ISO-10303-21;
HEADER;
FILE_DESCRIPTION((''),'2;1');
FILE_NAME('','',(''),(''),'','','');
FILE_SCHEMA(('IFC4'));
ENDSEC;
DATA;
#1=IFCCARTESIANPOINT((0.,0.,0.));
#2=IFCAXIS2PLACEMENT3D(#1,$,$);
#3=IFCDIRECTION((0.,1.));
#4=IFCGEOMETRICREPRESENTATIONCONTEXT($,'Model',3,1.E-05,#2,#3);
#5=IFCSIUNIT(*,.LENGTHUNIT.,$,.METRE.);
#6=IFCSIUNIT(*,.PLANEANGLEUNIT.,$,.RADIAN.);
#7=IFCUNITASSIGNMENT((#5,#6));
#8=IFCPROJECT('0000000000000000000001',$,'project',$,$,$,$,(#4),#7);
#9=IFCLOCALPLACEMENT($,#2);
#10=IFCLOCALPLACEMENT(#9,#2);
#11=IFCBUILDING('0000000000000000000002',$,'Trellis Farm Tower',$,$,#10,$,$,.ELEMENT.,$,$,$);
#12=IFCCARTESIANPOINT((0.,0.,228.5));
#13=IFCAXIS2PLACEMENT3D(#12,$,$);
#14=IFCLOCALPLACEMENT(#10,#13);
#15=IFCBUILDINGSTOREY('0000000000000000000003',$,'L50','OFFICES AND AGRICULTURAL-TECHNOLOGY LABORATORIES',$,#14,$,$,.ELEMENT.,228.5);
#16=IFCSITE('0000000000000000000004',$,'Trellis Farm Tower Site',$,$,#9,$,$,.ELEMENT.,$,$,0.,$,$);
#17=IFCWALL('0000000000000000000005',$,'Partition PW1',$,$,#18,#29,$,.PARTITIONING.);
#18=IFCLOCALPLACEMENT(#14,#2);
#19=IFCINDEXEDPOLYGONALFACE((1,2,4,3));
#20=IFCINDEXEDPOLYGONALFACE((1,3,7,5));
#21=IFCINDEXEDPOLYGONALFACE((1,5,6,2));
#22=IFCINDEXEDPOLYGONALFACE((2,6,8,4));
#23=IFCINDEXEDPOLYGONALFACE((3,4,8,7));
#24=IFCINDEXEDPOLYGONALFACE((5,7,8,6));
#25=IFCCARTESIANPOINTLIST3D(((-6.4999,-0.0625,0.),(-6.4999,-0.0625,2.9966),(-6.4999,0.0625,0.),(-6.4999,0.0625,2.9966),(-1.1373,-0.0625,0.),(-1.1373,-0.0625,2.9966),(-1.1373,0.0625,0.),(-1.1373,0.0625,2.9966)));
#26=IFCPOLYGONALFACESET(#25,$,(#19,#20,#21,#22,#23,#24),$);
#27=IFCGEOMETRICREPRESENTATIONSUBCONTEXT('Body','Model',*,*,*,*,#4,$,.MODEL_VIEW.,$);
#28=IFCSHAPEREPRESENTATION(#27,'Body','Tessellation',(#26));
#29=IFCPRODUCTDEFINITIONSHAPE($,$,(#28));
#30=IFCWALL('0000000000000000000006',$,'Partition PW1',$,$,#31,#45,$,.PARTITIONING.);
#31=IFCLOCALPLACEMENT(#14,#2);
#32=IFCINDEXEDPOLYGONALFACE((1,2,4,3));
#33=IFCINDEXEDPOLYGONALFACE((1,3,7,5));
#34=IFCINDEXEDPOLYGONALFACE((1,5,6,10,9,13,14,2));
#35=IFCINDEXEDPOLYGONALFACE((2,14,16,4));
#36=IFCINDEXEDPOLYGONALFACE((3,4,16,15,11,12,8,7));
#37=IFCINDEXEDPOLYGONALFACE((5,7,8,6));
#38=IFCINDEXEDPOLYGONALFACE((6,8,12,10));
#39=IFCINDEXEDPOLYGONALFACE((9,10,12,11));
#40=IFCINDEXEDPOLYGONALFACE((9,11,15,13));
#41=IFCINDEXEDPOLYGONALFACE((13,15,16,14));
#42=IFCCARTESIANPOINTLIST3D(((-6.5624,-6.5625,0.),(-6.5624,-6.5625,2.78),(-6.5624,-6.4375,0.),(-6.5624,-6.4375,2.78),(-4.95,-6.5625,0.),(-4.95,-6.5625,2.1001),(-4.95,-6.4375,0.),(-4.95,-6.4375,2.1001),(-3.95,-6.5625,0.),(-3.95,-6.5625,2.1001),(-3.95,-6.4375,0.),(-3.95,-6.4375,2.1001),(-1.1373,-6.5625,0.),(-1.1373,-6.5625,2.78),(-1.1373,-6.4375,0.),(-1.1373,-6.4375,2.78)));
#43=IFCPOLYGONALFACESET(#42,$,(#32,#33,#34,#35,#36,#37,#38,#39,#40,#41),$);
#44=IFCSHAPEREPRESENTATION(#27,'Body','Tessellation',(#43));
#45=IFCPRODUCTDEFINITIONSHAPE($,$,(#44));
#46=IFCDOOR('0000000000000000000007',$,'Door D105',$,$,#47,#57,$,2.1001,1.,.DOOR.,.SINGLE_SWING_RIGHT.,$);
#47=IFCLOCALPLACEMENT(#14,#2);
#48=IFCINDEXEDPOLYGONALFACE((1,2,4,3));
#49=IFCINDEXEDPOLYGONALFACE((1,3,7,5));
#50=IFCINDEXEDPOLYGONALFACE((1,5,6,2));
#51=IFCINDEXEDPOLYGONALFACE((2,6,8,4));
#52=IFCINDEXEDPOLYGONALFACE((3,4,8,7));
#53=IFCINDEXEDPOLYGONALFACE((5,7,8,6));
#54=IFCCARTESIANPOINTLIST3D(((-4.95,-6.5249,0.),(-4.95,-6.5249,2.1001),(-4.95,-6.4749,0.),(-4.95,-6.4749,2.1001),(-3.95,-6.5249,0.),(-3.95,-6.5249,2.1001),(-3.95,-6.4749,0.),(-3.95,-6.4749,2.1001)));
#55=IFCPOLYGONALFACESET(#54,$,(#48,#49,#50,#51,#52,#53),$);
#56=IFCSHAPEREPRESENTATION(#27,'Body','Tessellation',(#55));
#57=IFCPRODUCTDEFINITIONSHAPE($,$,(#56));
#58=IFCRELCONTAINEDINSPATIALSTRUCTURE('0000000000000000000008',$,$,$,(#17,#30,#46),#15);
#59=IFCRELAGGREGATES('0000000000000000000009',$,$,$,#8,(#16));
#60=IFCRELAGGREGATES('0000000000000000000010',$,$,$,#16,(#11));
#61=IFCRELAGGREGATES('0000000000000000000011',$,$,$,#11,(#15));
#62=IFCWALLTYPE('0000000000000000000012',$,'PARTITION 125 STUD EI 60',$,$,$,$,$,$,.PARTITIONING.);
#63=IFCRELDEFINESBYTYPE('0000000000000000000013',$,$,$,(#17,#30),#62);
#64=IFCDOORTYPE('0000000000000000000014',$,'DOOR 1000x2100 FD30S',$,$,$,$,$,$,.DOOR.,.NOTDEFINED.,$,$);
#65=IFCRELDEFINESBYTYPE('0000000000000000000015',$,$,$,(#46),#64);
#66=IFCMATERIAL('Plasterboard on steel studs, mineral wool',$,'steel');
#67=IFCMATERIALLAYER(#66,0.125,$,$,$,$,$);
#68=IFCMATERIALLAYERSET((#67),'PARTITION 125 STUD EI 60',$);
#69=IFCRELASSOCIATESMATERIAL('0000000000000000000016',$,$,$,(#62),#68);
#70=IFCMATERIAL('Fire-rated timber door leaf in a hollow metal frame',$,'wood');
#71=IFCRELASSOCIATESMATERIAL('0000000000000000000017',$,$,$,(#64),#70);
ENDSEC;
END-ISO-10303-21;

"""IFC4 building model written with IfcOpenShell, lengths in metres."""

from ifc_helpers import new_model, si_unit, direction, frame, frame_2d, origin, place, context, subcontext, project, spatial, rectangle, extrude, source, transform, mapped, material, layer, layer_set, type_object, element, fill, save


model = new_model("IFC4")

# Units and contexts
model_context = context("Model", 3, precision=1e-05, world=origin(), true_north=direction((0.0, 1.0)))
body_context = subcontext(model_context, "Body", "Model", "MODEL_VIEW")
ifc_project = project(units=[si_unit("LENGTHUNIT", "METRE"), si_unit("PLANEANGLEUNIT", "RADIAN")], contexts=[model_context])

# Site, building, storey
site_placement = place(None, origin())
site = spatial("IfcSite", under=ifc_project, at=site_placement, Name="Trellis Farm Tower Site", CompositionType="ELEMENT", RefElevation=0.0)
building_placement = place(site_placement, origin())
building = spatial("IfcBuilding", under=site, at=building_placement, Name="Trellis Farm Tower", CompositionType="ELEMENT")
storey_placement = place(building_placement, frame((0.0, 0.0, 228.5)))
storey = spatial("IfcBuildingStorey", under=building, at=storey_placement, Name="L50", Description="OFFICES AND AGRICULTURAL-TECHNOLOGY LABORATORIES", CompositionType="ELEMENT", Elevation=228.5)

# Shared definitions
ifc_material_1 = material(Name="Plasterboard on steel studs, mineral wool", Category="steel")
ifc_layer_1 = layer(ifc_material_1, 0.125)
ifc_layer_set_1 = layer_set([ifc_layer_1], Name="PARTITION 125 STUD EI 60")
wall_type = type_object("IfcWallType", Name="PARTITION 125 STUD EI 60", PredefinedType="PARTITIONING", material=ifc_layer_set_1)

# Shared definitions
shared_shape_1 = source(origin(), body_context, "Body", "SweptSolid", [
    extrude(rectangle(XDim=5.3625, YDim=0.125, at=frame_2d((2.6812, 0.0))), origin(), (0.0, 0.0, 1.0), 2.9966),
])
shared_shape_2 = source(origin(), body_context, "Body", "SweptSolid", [
    extrude(rectangle(XDim=1.0, YDim=2.1001, at=frame_2d((0.5, 1.05))), frame((0.0, 0.0725, 0.0), z_axis=(0.0, -1.0, 0.0), x_axis=(1.0, 0.0, 0.0)), (0.0, 0.0, 1.0), 0.145),
])
ifc_material_2 = material(Name="Fire-rated timber door leaf in a hollow metal frame", Category="wood")
door_type = type_object("IfcDoorType", Name="DOOR 1000x2100 FD30S", OperationType="NOTDEFINED", PredefinedType="DOOR", material=ifc_material_2)
shared_shape_3 = source(origin(), body_context, "Body", "SweptSolid", [
    extrude(rectangle(XDim=1.0, YDim=2.1001, at=frame_2d((0.5, 1.05))), frame((0.0, 0.0249, 0.0), z_axis=(0.0, -1.0, 0.0), x_axis=(1.0, 0.0, 0.0)), (0.0, 0.0, 1.0), 0.05),
])

# Wall
wall_1_placement = place(storey_placement, frame((-1.1375, 0.0, 0.0), z_axis=(0.0, 0.0, 1.0), x_axis=(-1.0, 0.0, 0.0)))
element("IfcWall", 1, at=wall_1_placement, inside=storey, type_object=wall_type, Name="Partition PW1", PredefinedType="PARTITIONING", context=body_context, shape_type="MappedRepresentation", body=[
    mapped(shared_shape_1, transform((0.0, 0.0, 0.0))),
])

# Wall, opening, door
shared_shape_4 = source(origin(), body_context, "Body", "SweptSolid", [
    extrude(rectangle(XDim=5.425, YDim=0.125, at=frame_2d((2.7124, 0.0))), origin(), (0.0, 0.0, 1.0), 2.78),
])
wall_2_placement = place(storey_placement, frame((-1.1375, -6.5, 0.0), z_axis=(0.0, 0.0, 1.0), x_axis=(-1.0, 0.0, 0.0)))
wall_2 = element("IfcWall", 2, at=wall_2_placement, inside=storey, type_object=wall_type, Name="Partition PW1", PredefinedType="PARTITIONING", context=body_context, shape_type="MappedRepresentation", body=[
    mapped(shared_shape_4, transform((0.0, 0.0, 0.0))),
])
opening_1_placement = place(wall_2_placement, frame((2.8125, 0.0, 0.0)))
opening_1 = element("IfcOpeningElement", 3, at=opening_1_placement, cuts=wall_2, PredefinedType="OPENING", context=body_context, shape_type="MappedRepresentation", body=[
    mapped(shared_shape_2, transform((0.0, 0.0, 0.0))),
])
door_1_placement = place(opening_1_placement, origin())
door_1 = element("IfcDoor", 4, at=door_1_placement, inside=storey, type_object=door_type, Name="Door D105", OperationType="SINGLE_SWING_RIGHT", OverallHeight=2.1001, OverallWidth=1.0, PredefinedType="DOOR", context=body_context, shape_type="MappedRepresentation", body=[
    mapped(shared_shape_3, transform((0.0, 0.0, 0.0))),
])
fill(opening_1, door_1)

save(model, "model.ifc")
